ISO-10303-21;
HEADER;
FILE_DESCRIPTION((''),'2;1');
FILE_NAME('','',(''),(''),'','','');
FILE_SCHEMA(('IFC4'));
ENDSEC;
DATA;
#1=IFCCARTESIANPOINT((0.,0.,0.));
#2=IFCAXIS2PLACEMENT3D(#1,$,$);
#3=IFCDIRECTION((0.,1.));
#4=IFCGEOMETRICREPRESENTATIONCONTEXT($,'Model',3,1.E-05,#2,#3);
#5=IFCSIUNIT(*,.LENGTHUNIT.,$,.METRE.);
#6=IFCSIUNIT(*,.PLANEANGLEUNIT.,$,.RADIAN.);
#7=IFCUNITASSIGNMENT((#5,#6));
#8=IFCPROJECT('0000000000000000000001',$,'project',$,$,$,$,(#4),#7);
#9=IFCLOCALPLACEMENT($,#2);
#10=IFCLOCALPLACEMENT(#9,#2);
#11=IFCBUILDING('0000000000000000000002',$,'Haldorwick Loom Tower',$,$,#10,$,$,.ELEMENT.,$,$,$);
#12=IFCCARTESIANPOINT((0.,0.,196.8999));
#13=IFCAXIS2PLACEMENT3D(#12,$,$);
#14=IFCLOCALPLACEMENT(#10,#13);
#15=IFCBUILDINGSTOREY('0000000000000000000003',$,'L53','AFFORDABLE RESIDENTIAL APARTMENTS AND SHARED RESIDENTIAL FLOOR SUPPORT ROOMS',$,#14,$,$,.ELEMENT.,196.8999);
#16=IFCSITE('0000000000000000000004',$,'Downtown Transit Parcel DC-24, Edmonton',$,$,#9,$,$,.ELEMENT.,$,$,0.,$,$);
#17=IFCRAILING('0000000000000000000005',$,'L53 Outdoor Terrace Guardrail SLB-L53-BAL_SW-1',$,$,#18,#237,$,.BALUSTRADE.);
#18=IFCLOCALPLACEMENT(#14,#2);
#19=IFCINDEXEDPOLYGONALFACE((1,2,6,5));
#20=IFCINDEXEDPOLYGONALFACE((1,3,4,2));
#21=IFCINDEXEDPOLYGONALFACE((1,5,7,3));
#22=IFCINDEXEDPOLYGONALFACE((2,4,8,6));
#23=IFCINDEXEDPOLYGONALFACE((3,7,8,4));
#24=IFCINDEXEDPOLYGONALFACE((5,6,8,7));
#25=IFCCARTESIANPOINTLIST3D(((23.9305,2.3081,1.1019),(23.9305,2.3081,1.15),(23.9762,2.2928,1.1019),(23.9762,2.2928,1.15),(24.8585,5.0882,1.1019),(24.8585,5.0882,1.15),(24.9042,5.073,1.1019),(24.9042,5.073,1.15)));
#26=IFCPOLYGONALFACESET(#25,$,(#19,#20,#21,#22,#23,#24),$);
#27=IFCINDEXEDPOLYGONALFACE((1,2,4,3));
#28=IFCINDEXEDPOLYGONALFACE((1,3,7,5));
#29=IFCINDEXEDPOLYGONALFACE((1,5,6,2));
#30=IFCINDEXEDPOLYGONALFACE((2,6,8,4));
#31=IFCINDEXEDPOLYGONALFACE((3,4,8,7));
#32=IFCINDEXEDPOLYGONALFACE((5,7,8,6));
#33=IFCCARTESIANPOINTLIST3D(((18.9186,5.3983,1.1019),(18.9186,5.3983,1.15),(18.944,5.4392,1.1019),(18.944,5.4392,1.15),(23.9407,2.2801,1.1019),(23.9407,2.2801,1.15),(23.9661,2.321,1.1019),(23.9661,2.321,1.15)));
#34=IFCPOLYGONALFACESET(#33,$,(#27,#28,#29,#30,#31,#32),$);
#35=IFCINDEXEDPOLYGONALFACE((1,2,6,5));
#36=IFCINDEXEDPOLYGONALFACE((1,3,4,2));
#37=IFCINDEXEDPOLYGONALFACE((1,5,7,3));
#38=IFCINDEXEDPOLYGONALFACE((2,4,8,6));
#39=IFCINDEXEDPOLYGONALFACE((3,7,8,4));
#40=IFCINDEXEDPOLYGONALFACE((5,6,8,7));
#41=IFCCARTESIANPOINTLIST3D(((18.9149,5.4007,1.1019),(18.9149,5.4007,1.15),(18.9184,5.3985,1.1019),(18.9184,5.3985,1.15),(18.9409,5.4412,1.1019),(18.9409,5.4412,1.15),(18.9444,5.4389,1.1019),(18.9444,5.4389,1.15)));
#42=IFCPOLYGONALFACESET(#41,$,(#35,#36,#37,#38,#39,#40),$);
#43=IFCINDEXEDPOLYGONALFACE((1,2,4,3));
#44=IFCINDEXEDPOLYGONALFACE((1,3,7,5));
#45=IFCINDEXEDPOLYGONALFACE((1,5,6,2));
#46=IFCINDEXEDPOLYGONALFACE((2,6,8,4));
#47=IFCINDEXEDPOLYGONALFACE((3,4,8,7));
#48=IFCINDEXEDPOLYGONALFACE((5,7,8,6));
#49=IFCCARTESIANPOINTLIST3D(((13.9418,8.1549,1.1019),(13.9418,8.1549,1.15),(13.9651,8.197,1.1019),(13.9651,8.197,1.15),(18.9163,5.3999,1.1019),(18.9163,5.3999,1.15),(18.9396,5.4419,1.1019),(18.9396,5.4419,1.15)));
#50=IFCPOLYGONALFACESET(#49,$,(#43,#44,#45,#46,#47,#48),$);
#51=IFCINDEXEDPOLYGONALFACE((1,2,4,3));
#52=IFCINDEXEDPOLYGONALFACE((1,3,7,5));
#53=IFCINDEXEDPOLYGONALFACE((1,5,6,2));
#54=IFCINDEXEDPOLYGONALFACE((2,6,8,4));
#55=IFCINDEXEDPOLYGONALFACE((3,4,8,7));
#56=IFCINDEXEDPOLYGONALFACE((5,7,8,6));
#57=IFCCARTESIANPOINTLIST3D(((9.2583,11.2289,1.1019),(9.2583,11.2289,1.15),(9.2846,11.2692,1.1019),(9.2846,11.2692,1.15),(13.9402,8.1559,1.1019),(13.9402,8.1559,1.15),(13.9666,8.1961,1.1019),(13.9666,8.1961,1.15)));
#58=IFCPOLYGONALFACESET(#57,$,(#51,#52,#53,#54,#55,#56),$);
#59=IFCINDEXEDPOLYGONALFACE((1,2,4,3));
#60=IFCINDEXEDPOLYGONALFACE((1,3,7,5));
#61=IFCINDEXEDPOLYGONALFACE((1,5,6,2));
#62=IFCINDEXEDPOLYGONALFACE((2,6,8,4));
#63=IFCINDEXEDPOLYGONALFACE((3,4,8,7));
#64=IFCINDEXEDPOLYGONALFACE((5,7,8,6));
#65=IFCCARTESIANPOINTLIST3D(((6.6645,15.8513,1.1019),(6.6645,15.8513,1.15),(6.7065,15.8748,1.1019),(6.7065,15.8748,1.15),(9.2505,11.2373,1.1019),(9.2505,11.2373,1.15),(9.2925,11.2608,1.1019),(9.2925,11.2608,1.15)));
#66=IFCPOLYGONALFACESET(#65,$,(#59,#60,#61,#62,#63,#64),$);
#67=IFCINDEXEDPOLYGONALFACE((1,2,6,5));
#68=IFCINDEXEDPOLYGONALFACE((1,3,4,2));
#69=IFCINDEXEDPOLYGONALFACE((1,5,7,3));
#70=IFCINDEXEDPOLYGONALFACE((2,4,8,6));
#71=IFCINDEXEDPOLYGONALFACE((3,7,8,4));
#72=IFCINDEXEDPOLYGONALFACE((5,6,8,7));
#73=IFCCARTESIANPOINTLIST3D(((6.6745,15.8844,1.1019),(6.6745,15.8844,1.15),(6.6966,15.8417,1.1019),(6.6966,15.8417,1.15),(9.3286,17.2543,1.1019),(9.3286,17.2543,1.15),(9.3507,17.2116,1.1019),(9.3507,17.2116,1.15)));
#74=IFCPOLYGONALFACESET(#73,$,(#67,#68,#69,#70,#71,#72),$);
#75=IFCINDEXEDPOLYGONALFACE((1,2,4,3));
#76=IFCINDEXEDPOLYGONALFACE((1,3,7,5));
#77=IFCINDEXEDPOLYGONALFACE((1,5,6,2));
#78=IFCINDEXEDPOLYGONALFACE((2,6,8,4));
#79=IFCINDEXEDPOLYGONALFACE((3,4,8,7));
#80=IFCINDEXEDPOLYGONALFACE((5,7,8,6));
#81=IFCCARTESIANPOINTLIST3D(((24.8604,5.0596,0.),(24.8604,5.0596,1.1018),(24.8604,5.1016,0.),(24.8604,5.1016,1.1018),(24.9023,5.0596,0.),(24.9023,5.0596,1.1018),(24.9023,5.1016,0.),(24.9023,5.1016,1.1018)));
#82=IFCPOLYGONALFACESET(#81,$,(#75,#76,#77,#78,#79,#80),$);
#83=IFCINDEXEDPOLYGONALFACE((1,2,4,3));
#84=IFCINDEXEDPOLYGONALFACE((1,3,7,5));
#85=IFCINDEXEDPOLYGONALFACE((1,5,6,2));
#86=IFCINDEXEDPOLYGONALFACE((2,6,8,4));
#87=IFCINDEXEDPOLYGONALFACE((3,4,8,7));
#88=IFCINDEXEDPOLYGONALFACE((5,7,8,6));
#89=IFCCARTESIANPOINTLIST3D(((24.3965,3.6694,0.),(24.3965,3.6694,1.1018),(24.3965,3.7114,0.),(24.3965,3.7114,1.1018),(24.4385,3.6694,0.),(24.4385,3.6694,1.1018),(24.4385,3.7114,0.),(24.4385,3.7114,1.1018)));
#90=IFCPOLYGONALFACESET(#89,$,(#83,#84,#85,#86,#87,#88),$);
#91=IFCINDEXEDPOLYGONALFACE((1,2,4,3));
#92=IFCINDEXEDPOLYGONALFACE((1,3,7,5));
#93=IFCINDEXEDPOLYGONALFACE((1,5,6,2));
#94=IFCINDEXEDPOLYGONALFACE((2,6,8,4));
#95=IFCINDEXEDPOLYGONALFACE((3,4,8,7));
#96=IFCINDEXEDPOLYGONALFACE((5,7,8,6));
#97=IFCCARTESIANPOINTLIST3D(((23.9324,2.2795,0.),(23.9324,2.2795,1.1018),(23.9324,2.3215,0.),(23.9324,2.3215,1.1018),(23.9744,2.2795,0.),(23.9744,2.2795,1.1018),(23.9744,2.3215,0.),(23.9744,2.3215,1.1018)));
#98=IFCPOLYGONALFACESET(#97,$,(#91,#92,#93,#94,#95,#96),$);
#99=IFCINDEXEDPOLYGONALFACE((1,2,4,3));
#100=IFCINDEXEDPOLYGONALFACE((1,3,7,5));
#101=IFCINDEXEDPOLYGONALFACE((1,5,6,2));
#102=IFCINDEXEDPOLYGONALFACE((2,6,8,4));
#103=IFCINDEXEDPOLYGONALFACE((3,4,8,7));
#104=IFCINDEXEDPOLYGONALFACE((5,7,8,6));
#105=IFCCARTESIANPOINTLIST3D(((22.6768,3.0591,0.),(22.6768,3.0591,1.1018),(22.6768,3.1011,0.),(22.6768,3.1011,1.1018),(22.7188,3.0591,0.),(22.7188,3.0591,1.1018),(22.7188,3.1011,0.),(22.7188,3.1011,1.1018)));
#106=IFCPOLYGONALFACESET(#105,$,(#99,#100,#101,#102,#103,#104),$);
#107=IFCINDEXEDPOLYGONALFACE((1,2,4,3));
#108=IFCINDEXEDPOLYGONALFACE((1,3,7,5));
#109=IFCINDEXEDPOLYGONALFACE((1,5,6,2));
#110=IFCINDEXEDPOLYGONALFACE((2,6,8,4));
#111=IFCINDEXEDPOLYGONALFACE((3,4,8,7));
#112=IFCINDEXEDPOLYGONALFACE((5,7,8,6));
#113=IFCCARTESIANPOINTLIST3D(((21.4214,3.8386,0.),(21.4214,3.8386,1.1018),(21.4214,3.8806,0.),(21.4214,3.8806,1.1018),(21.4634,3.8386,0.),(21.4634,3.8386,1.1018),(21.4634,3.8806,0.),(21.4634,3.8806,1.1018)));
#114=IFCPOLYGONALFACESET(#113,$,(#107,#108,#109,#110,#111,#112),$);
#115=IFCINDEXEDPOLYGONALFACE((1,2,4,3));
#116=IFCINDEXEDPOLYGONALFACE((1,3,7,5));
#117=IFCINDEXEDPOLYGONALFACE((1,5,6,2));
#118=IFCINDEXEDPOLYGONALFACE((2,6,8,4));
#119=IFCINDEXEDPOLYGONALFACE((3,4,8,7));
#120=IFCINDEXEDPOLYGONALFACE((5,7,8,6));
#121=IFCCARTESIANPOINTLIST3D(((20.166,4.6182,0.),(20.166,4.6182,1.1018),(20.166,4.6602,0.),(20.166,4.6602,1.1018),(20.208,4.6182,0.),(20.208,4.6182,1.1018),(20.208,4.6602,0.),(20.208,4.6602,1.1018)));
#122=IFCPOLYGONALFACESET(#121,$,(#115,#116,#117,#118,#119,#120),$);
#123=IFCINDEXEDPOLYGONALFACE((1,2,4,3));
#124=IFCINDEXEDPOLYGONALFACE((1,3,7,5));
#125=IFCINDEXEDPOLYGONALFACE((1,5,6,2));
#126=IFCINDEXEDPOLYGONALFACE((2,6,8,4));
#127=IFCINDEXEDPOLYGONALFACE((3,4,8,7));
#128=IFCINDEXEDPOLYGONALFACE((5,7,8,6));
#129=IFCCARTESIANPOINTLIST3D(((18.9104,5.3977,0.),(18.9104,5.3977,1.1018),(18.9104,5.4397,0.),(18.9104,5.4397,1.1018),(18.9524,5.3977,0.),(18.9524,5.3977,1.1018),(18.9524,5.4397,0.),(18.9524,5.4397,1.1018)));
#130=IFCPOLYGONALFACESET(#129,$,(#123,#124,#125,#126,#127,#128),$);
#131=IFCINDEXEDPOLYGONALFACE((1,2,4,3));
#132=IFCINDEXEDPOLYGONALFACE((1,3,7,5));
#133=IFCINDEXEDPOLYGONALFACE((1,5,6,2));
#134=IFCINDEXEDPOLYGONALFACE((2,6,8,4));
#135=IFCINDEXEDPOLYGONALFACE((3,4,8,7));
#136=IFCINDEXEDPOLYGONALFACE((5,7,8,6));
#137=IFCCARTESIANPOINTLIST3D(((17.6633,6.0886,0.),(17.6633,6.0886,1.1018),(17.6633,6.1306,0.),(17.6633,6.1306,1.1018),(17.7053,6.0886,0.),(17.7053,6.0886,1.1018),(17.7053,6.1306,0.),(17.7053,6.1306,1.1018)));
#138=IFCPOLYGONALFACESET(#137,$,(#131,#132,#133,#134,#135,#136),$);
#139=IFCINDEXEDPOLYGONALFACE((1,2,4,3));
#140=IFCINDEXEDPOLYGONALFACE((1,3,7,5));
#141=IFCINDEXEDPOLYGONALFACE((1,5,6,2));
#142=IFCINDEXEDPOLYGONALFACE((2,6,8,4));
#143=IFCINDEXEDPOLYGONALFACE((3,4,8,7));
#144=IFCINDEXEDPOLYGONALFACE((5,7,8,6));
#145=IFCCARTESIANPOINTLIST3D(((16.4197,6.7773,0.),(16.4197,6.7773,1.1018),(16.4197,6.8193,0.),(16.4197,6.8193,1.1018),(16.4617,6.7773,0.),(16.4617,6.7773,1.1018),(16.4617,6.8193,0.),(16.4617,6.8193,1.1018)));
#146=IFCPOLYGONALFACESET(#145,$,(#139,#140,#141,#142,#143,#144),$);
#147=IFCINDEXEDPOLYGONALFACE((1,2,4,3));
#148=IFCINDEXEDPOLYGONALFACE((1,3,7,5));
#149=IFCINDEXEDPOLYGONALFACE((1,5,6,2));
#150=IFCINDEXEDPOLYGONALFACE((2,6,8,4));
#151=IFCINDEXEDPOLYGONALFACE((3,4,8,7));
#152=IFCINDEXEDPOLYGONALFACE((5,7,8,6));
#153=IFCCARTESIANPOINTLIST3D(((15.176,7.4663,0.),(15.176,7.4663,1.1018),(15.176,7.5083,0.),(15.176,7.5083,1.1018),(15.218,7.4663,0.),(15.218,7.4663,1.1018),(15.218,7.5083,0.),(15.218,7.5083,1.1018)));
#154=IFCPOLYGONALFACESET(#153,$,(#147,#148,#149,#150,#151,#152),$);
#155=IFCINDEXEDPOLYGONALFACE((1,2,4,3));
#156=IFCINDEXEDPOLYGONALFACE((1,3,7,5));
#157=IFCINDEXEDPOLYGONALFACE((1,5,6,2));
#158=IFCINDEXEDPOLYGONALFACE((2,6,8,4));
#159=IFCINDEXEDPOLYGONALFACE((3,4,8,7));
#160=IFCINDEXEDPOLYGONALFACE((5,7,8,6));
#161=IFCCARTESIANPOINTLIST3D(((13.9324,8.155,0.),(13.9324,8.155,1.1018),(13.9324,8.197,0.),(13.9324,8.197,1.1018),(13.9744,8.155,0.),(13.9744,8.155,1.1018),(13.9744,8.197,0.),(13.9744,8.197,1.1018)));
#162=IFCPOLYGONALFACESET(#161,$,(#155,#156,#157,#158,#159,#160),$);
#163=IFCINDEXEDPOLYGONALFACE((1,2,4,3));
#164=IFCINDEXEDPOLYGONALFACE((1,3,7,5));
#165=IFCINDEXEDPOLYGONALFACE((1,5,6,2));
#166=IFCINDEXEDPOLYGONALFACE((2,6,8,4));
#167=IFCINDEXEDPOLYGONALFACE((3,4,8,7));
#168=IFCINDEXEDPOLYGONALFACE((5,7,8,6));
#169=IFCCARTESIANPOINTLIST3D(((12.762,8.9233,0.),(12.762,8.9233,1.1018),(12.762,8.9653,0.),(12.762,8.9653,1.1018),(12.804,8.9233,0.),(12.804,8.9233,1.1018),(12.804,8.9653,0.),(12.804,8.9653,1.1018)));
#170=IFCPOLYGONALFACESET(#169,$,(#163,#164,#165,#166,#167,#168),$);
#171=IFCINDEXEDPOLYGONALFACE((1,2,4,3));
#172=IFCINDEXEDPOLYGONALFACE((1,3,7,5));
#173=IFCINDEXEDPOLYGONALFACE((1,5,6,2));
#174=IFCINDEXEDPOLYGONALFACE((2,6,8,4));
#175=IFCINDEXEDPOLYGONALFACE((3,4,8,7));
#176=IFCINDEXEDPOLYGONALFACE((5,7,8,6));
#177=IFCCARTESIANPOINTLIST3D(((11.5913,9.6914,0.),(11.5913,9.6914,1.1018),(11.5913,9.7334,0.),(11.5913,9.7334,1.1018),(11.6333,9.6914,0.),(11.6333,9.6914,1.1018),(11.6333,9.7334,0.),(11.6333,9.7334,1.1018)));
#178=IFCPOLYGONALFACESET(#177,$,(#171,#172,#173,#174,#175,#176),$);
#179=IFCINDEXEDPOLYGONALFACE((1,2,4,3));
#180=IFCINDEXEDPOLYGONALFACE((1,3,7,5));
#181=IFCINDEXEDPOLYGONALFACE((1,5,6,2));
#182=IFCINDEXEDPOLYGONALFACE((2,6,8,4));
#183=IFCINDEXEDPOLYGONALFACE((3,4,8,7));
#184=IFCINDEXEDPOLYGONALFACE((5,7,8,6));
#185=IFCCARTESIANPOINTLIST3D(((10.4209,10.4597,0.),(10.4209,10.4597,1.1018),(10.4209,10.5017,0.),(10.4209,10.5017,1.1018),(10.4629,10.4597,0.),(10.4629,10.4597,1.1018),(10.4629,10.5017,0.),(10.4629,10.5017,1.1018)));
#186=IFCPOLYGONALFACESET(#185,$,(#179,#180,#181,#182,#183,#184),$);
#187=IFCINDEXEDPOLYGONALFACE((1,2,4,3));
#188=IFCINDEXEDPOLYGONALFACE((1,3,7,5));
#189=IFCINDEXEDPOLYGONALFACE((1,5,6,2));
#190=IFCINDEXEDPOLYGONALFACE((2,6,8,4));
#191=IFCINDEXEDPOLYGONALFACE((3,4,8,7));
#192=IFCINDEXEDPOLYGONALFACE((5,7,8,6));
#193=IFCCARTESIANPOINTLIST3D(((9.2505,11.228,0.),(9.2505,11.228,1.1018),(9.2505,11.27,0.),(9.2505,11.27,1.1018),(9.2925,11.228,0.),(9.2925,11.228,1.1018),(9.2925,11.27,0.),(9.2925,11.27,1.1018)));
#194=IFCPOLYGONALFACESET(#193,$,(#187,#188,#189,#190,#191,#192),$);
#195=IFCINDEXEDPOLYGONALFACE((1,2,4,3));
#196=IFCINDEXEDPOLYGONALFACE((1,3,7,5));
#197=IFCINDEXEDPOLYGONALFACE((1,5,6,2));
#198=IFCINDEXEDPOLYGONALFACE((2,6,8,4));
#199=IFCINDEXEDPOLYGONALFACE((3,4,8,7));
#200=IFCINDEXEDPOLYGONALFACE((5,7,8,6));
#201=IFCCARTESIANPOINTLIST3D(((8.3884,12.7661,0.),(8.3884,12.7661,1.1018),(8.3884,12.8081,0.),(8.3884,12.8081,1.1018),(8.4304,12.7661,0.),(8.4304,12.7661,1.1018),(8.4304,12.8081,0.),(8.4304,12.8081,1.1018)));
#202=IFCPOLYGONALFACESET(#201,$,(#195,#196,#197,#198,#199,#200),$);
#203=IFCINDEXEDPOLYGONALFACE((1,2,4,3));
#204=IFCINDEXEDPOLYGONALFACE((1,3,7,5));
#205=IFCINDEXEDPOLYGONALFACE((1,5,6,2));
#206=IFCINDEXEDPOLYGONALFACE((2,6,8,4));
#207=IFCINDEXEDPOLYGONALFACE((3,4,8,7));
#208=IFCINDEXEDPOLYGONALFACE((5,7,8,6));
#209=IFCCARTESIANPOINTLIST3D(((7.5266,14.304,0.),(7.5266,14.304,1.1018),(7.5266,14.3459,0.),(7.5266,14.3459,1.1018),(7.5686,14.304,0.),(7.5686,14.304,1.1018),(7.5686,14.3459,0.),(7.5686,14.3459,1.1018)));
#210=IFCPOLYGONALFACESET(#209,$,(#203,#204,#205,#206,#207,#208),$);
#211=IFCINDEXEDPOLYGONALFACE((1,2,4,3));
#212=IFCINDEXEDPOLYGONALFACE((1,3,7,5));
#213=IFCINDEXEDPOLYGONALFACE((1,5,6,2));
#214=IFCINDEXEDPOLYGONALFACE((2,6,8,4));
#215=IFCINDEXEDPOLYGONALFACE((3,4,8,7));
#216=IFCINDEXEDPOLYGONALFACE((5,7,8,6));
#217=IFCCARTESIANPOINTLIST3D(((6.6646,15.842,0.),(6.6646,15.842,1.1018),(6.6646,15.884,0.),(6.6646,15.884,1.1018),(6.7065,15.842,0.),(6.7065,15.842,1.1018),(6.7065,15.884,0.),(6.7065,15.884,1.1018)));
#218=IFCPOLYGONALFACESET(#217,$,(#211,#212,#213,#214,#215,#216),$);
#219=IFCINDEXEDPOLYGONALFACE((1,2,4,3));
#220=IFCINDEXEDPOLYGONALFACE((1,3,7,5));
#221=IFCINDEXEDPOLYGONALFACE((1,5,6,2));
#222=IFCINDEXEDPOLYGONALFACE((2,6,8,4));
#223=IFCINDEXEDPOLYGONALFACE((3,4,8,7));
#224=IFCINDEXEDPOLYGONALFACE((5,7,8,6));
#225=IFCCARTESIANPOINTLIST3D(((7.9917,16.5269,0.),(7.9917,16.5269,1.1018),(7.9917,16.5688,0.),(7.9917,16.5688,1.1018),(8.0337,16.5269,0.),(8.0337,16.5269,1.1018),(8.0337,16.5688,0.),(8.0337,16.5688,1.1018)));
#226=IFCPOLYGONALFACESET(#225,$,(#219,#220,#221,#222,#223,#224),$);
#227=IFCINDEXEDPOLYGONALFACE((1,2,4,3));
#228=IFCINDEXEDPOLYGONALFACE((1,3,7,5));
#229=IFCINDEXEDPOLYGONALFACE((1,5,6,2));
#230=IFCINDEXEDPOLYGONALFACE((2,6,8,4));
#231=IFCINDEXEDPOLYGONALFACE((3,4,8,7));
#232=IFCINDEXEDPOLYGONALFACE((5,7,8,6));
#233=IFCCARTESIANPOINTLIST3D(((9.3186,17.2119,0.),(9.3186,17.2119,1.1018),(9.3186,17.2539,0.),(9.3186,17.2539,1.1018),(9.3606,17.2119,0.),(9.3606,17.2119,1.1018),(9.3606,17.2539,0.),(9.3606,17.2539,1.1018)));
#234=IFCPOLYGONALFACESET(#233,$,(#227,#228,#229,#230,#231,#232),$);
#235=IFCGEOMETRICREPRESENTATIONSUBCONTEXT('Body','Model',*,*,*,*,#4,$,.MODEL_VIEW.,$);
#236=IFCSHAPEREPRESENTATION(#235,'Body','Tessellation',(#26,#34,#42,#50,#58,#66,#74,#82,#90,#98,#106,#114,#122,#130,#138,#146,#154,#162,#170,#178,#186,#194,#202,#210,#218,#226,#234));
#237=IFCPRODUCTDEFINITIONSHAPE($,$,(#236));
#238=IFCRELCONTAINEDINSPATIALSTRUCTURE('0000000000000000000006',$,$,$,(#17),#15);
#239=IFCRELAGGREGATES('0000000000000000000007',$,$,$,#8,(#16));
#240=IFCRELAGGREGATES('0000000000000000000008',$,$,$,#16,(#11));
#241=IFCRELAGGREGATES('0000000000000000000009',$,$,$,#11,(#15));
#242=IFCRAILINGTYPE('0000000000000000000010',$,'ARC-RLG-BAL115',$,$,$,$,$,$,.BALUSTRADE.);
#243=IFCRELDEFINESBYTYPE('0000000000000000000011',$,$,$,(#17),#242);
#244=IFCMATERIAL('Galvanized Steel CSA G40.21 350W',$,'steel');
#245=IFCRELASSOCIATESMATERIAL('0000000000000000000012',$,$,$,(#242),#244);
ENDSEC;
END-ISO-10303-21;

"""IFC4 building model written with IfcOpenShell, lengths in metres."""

from ifc_helpers import new_model, si_unit, direction, frame, origin, origin_2d, place, context, subcontext, project, spatial, rectangle, extrude, material, type_object, element, save


model = new_model("IFC4")

# Units and contexts
model_context = context("Model", 3, precision=1e-05, world=origin(), true_north=direction((0.0, 1.0)))
body_context = subcontext(model_context, "Body", "Model", "MODEL_VIEW")
ifc_project = project(units=[si_unit("LENGTHUNIT", "METRE"), si_unit("PLANEANGLEUNIT", "RADIAN")], contexts=[model_context])

# Site, building, storey
site_placement = place(None, origin())
site = spatial("IfcSite", under=ifc_project, at=site_placement, Name="Downtown Transit Parcel DC-24, Edmonton", CompositionType="ELEMENT", RefElevation=0.0)
building_placement = place(site_placement, origin())
building = spatial("IfcBuilding", under=site, at=building_placement, Name="Haldorwick Loom Tower", CompositionType="ELEMENT")
storey_placement = place(building_placement, frame((0.0, 0.0, 196.8999)))
storey = spatial("IfcBuildingStorey", under=building, at=storey_placement, Name="L53", Description="AFFORDABLE RESIDENTIAL APARTMENTS AND SHARED RESIDENTIAL FLOOR SUPPORT ROOMS", CompositionType="ELEMENT", Elevation=196.8999)

# Railing
ifc_material_1 = material(Name="Galvanized Steel CSA G40.21 350W", Category="steel")
railing_type = type_object("IfcRailingType", Name="ARC-RLG-BAL115", PredefinedType="BALUSTRADE", material=ifc_material_1)
railing_placement = place(storey_placement, frame((24.8813, 5.0806, 0.0)))
element("IfcRailing", 1, at=railing_placement, inside=storey, type_object=railing_type, Name="L53 Outdoor Terrace Guardrail SLB-L53-BAL_SW-1", PredefinedType="BALUSTRADE", context=body_context, shape_type="SweptSolid", body=[
    extrude(rectangle(XDim=0.0481, YDim=0.0481, at=origin_2d()), frame((0.0, 0.0, 1.126), z_axis=(-0.316628, -0.94855, 0.0), x_axis=(0.94855, -0.316628, 0.0)), (0.0, 0.0, 1.0), 2.9309),
    extrude(rectangle(XDim=0.0481, YDim=0.0481, at=origin_2d()), frame((-0.928, -2.78, 1.126), z_axis=(-0.849558, 0.527494, 0.0), x_axis=(-0.527494, -0.849558, 0.0)), (0.0, 0.0, 1.0), 5.9114),
    extrude(rectangle(XDim=0.0481, YDim=0.0481, at=origin_2d()), frame((-5.95, 0.3381, 1.126), z_axis=(-0.841178, 0.540758, 0.0), x_axis=(-0.540758, -0.841178, 0.0)), (0.0, 0.0, 1.0), 0.0042),
    extrude(rectangle(XDim=0.0481, YDim=0.0481, at=origin_2d()), frame((-5.9534, 0.3403, 1.126), z_axis=(-0.874794, 0.484494, 0.0), x_axis=(-0.484494, -0.874794, 0.0)), (0.0, 0.0, 1.0), 5.6865),
    extrude(rectangle(XDim=0.0481, YDim=0.0481, at=origin_2d()), frame((-10.928, 3.0955, 1.126), z_axis=(-0.836006, 0.54872, 0.0), x_axis=(-0.54872, -0.836006, 0.0)), (0.0, 0.0, 1.0), 5.6003),
    extrude(rectangle(XDim=0.0481, YDim=0.0481, at=origin_2d()), frame((-15.6099, 6.1685, 1.126), z_axis=(-0.488904, 0.872338, 0.0), x_axis=(-0.872338, -0.488904, 0.0)), (0.0, 0.0, 1.0), 5.2893),
    extrude(rectangle(XDim=0.0481, YDim=0.0481, at=origin_2d()), frame((-18.1958, 10.7825, 1.126), z_axis=(0.888615, 0.458653, 0.0), x_axis=(-0.458653, 0.888615, 0.0)), (0.0, 0.0, 1.0), 2.9868),
    extrude(rectangle(XDim=0.042, YDim=0.042, at=origin_2d()), origin(), (0.0, 0.0, 1.0), 1.1018),
    extrude(rectangle(XDim=0.042, YDim=0.042, at=origin_2d()), frame((-0.4639, -1.3901, 0.0)), (0.0, 0.0, 1.0), 1.1018),
    extrude(rectangle(XDim=0.042, YDim=0.042, at=origin_2d()), frame((-0.928, -2.78, 0.0)), (0.0, 0.0, 1.0), 1.1018),
    extrude(rectangle(XDim=0.042, YDim=0.042, at=origin_2d()), frame((-2.1836, -2.0005, 0.0)), (0.0, 0.0, 1.0), 1.1018),
    extrude(rectangle(XDim=0.042, YDim=0.042, at=origin_2d()), frame((-3.439, -1.2209, 0.0)), (0.0, 0.0, 1.0), 1.1018),
    extrude(rectangle(XDim=0.042, YDim=0.042, at=origin_2d()), frame((-4.6943, -0.4414, 0.0)), (0.0, 0.0, 1.0), 1.1018),
    extrude(rectangle(XDim=0.042, YDim=0.042, at=origin_2d()), frame((-5.95, 0.3381, 0.0)), (0.0, 0.0, 1.0), 1.1018),
    extrude(rectangle(XDim=0.042, YDim=0.042, at=origin_2d()), frame((-7.197, 1.0291, 0.0)), (0.0, 0.0, 1.0), 1.1018),
    extrude(rectangle(XDim=0.042, YDim=0.042, at=origin_2d()), frame((-8.4407, 1.7178, 0.0)), (0.0, 0.0, 1.0), 1.1018),
    extrude(rectangle(XDim=0.042, YDim=0.042, at=origin_2d()), frame((-9.6843, 2.4067, 0.0)), (0.0, 0.0, 1.0), 1.1018),
    extrude(rectangle(XDim=0.042, YDim=0.042, at=origin_2d()), frame((-10.928, 3.0955, 0.0)), (0.0, 0.0, 1.0), 1.1018),
    extrude(rectangle(XDim=0.042, YDim=0.042, at=origin_2d()), frame((-12.0984, 3.8638, 0.0)), (0.0, 0.0, 1.0), 1.1018),
    extrude(rectangle(XDim=0.042, YDim=0.042, at=origin_2d()), frame((-13.269, 4.6318, 0.0)), (0.0, 0.0, 1.0), 1.1018),
    extrude(rectangle(XDim=0.042, YDim=0.042, at=origin_2d()), frame((-14.4395, 5.4001, 0.0)), (0.0, 0.0, 1.0), 1.1018),
    extrude(rectangle(XDim=0.042, YDim=0.042, at=origin_2d()), frame((-15.6099, 6.1685, 0.0)), (0.0, 0.0, 1.0), 1.1018),
    extrude(rectangle(XDim=0.042, YDim=0.042, at=origin_2d()), frame((-16.4719, 7.7065, 0.0)), (0.0, 0.0, 1.0), 1.1018),
    extrude(rectangle(XDim=0.042, YDim=0.042, at=origin_2d()), frame((-17.3337, 9.2444, 0.0)), (0.0, 0.0, 1.0), 1.1018),
    extrude(rectangle(XDim=0.042, YDim=0.042, at=origin_2d()), frame((-18.1958, 10.7825, 0.0)), (0.0, 0.0, 1.0), 1.1018),
    extrude(rectangle(XDim=0.042, YDim=0.042, at=origin_2d()), frame((-16.8687, 11.4673, 0.0)), (0.0, 0.0, 1.0), 1.1018),
    extrude(rectangle(XDim=0.042, YDim=0.042, at=origin_2d()), frame((-15.5417, 12.1523, 0.0)), (0.0, 0.0, 1.0), 1.1018),
])

save(model, "model.ifc")
